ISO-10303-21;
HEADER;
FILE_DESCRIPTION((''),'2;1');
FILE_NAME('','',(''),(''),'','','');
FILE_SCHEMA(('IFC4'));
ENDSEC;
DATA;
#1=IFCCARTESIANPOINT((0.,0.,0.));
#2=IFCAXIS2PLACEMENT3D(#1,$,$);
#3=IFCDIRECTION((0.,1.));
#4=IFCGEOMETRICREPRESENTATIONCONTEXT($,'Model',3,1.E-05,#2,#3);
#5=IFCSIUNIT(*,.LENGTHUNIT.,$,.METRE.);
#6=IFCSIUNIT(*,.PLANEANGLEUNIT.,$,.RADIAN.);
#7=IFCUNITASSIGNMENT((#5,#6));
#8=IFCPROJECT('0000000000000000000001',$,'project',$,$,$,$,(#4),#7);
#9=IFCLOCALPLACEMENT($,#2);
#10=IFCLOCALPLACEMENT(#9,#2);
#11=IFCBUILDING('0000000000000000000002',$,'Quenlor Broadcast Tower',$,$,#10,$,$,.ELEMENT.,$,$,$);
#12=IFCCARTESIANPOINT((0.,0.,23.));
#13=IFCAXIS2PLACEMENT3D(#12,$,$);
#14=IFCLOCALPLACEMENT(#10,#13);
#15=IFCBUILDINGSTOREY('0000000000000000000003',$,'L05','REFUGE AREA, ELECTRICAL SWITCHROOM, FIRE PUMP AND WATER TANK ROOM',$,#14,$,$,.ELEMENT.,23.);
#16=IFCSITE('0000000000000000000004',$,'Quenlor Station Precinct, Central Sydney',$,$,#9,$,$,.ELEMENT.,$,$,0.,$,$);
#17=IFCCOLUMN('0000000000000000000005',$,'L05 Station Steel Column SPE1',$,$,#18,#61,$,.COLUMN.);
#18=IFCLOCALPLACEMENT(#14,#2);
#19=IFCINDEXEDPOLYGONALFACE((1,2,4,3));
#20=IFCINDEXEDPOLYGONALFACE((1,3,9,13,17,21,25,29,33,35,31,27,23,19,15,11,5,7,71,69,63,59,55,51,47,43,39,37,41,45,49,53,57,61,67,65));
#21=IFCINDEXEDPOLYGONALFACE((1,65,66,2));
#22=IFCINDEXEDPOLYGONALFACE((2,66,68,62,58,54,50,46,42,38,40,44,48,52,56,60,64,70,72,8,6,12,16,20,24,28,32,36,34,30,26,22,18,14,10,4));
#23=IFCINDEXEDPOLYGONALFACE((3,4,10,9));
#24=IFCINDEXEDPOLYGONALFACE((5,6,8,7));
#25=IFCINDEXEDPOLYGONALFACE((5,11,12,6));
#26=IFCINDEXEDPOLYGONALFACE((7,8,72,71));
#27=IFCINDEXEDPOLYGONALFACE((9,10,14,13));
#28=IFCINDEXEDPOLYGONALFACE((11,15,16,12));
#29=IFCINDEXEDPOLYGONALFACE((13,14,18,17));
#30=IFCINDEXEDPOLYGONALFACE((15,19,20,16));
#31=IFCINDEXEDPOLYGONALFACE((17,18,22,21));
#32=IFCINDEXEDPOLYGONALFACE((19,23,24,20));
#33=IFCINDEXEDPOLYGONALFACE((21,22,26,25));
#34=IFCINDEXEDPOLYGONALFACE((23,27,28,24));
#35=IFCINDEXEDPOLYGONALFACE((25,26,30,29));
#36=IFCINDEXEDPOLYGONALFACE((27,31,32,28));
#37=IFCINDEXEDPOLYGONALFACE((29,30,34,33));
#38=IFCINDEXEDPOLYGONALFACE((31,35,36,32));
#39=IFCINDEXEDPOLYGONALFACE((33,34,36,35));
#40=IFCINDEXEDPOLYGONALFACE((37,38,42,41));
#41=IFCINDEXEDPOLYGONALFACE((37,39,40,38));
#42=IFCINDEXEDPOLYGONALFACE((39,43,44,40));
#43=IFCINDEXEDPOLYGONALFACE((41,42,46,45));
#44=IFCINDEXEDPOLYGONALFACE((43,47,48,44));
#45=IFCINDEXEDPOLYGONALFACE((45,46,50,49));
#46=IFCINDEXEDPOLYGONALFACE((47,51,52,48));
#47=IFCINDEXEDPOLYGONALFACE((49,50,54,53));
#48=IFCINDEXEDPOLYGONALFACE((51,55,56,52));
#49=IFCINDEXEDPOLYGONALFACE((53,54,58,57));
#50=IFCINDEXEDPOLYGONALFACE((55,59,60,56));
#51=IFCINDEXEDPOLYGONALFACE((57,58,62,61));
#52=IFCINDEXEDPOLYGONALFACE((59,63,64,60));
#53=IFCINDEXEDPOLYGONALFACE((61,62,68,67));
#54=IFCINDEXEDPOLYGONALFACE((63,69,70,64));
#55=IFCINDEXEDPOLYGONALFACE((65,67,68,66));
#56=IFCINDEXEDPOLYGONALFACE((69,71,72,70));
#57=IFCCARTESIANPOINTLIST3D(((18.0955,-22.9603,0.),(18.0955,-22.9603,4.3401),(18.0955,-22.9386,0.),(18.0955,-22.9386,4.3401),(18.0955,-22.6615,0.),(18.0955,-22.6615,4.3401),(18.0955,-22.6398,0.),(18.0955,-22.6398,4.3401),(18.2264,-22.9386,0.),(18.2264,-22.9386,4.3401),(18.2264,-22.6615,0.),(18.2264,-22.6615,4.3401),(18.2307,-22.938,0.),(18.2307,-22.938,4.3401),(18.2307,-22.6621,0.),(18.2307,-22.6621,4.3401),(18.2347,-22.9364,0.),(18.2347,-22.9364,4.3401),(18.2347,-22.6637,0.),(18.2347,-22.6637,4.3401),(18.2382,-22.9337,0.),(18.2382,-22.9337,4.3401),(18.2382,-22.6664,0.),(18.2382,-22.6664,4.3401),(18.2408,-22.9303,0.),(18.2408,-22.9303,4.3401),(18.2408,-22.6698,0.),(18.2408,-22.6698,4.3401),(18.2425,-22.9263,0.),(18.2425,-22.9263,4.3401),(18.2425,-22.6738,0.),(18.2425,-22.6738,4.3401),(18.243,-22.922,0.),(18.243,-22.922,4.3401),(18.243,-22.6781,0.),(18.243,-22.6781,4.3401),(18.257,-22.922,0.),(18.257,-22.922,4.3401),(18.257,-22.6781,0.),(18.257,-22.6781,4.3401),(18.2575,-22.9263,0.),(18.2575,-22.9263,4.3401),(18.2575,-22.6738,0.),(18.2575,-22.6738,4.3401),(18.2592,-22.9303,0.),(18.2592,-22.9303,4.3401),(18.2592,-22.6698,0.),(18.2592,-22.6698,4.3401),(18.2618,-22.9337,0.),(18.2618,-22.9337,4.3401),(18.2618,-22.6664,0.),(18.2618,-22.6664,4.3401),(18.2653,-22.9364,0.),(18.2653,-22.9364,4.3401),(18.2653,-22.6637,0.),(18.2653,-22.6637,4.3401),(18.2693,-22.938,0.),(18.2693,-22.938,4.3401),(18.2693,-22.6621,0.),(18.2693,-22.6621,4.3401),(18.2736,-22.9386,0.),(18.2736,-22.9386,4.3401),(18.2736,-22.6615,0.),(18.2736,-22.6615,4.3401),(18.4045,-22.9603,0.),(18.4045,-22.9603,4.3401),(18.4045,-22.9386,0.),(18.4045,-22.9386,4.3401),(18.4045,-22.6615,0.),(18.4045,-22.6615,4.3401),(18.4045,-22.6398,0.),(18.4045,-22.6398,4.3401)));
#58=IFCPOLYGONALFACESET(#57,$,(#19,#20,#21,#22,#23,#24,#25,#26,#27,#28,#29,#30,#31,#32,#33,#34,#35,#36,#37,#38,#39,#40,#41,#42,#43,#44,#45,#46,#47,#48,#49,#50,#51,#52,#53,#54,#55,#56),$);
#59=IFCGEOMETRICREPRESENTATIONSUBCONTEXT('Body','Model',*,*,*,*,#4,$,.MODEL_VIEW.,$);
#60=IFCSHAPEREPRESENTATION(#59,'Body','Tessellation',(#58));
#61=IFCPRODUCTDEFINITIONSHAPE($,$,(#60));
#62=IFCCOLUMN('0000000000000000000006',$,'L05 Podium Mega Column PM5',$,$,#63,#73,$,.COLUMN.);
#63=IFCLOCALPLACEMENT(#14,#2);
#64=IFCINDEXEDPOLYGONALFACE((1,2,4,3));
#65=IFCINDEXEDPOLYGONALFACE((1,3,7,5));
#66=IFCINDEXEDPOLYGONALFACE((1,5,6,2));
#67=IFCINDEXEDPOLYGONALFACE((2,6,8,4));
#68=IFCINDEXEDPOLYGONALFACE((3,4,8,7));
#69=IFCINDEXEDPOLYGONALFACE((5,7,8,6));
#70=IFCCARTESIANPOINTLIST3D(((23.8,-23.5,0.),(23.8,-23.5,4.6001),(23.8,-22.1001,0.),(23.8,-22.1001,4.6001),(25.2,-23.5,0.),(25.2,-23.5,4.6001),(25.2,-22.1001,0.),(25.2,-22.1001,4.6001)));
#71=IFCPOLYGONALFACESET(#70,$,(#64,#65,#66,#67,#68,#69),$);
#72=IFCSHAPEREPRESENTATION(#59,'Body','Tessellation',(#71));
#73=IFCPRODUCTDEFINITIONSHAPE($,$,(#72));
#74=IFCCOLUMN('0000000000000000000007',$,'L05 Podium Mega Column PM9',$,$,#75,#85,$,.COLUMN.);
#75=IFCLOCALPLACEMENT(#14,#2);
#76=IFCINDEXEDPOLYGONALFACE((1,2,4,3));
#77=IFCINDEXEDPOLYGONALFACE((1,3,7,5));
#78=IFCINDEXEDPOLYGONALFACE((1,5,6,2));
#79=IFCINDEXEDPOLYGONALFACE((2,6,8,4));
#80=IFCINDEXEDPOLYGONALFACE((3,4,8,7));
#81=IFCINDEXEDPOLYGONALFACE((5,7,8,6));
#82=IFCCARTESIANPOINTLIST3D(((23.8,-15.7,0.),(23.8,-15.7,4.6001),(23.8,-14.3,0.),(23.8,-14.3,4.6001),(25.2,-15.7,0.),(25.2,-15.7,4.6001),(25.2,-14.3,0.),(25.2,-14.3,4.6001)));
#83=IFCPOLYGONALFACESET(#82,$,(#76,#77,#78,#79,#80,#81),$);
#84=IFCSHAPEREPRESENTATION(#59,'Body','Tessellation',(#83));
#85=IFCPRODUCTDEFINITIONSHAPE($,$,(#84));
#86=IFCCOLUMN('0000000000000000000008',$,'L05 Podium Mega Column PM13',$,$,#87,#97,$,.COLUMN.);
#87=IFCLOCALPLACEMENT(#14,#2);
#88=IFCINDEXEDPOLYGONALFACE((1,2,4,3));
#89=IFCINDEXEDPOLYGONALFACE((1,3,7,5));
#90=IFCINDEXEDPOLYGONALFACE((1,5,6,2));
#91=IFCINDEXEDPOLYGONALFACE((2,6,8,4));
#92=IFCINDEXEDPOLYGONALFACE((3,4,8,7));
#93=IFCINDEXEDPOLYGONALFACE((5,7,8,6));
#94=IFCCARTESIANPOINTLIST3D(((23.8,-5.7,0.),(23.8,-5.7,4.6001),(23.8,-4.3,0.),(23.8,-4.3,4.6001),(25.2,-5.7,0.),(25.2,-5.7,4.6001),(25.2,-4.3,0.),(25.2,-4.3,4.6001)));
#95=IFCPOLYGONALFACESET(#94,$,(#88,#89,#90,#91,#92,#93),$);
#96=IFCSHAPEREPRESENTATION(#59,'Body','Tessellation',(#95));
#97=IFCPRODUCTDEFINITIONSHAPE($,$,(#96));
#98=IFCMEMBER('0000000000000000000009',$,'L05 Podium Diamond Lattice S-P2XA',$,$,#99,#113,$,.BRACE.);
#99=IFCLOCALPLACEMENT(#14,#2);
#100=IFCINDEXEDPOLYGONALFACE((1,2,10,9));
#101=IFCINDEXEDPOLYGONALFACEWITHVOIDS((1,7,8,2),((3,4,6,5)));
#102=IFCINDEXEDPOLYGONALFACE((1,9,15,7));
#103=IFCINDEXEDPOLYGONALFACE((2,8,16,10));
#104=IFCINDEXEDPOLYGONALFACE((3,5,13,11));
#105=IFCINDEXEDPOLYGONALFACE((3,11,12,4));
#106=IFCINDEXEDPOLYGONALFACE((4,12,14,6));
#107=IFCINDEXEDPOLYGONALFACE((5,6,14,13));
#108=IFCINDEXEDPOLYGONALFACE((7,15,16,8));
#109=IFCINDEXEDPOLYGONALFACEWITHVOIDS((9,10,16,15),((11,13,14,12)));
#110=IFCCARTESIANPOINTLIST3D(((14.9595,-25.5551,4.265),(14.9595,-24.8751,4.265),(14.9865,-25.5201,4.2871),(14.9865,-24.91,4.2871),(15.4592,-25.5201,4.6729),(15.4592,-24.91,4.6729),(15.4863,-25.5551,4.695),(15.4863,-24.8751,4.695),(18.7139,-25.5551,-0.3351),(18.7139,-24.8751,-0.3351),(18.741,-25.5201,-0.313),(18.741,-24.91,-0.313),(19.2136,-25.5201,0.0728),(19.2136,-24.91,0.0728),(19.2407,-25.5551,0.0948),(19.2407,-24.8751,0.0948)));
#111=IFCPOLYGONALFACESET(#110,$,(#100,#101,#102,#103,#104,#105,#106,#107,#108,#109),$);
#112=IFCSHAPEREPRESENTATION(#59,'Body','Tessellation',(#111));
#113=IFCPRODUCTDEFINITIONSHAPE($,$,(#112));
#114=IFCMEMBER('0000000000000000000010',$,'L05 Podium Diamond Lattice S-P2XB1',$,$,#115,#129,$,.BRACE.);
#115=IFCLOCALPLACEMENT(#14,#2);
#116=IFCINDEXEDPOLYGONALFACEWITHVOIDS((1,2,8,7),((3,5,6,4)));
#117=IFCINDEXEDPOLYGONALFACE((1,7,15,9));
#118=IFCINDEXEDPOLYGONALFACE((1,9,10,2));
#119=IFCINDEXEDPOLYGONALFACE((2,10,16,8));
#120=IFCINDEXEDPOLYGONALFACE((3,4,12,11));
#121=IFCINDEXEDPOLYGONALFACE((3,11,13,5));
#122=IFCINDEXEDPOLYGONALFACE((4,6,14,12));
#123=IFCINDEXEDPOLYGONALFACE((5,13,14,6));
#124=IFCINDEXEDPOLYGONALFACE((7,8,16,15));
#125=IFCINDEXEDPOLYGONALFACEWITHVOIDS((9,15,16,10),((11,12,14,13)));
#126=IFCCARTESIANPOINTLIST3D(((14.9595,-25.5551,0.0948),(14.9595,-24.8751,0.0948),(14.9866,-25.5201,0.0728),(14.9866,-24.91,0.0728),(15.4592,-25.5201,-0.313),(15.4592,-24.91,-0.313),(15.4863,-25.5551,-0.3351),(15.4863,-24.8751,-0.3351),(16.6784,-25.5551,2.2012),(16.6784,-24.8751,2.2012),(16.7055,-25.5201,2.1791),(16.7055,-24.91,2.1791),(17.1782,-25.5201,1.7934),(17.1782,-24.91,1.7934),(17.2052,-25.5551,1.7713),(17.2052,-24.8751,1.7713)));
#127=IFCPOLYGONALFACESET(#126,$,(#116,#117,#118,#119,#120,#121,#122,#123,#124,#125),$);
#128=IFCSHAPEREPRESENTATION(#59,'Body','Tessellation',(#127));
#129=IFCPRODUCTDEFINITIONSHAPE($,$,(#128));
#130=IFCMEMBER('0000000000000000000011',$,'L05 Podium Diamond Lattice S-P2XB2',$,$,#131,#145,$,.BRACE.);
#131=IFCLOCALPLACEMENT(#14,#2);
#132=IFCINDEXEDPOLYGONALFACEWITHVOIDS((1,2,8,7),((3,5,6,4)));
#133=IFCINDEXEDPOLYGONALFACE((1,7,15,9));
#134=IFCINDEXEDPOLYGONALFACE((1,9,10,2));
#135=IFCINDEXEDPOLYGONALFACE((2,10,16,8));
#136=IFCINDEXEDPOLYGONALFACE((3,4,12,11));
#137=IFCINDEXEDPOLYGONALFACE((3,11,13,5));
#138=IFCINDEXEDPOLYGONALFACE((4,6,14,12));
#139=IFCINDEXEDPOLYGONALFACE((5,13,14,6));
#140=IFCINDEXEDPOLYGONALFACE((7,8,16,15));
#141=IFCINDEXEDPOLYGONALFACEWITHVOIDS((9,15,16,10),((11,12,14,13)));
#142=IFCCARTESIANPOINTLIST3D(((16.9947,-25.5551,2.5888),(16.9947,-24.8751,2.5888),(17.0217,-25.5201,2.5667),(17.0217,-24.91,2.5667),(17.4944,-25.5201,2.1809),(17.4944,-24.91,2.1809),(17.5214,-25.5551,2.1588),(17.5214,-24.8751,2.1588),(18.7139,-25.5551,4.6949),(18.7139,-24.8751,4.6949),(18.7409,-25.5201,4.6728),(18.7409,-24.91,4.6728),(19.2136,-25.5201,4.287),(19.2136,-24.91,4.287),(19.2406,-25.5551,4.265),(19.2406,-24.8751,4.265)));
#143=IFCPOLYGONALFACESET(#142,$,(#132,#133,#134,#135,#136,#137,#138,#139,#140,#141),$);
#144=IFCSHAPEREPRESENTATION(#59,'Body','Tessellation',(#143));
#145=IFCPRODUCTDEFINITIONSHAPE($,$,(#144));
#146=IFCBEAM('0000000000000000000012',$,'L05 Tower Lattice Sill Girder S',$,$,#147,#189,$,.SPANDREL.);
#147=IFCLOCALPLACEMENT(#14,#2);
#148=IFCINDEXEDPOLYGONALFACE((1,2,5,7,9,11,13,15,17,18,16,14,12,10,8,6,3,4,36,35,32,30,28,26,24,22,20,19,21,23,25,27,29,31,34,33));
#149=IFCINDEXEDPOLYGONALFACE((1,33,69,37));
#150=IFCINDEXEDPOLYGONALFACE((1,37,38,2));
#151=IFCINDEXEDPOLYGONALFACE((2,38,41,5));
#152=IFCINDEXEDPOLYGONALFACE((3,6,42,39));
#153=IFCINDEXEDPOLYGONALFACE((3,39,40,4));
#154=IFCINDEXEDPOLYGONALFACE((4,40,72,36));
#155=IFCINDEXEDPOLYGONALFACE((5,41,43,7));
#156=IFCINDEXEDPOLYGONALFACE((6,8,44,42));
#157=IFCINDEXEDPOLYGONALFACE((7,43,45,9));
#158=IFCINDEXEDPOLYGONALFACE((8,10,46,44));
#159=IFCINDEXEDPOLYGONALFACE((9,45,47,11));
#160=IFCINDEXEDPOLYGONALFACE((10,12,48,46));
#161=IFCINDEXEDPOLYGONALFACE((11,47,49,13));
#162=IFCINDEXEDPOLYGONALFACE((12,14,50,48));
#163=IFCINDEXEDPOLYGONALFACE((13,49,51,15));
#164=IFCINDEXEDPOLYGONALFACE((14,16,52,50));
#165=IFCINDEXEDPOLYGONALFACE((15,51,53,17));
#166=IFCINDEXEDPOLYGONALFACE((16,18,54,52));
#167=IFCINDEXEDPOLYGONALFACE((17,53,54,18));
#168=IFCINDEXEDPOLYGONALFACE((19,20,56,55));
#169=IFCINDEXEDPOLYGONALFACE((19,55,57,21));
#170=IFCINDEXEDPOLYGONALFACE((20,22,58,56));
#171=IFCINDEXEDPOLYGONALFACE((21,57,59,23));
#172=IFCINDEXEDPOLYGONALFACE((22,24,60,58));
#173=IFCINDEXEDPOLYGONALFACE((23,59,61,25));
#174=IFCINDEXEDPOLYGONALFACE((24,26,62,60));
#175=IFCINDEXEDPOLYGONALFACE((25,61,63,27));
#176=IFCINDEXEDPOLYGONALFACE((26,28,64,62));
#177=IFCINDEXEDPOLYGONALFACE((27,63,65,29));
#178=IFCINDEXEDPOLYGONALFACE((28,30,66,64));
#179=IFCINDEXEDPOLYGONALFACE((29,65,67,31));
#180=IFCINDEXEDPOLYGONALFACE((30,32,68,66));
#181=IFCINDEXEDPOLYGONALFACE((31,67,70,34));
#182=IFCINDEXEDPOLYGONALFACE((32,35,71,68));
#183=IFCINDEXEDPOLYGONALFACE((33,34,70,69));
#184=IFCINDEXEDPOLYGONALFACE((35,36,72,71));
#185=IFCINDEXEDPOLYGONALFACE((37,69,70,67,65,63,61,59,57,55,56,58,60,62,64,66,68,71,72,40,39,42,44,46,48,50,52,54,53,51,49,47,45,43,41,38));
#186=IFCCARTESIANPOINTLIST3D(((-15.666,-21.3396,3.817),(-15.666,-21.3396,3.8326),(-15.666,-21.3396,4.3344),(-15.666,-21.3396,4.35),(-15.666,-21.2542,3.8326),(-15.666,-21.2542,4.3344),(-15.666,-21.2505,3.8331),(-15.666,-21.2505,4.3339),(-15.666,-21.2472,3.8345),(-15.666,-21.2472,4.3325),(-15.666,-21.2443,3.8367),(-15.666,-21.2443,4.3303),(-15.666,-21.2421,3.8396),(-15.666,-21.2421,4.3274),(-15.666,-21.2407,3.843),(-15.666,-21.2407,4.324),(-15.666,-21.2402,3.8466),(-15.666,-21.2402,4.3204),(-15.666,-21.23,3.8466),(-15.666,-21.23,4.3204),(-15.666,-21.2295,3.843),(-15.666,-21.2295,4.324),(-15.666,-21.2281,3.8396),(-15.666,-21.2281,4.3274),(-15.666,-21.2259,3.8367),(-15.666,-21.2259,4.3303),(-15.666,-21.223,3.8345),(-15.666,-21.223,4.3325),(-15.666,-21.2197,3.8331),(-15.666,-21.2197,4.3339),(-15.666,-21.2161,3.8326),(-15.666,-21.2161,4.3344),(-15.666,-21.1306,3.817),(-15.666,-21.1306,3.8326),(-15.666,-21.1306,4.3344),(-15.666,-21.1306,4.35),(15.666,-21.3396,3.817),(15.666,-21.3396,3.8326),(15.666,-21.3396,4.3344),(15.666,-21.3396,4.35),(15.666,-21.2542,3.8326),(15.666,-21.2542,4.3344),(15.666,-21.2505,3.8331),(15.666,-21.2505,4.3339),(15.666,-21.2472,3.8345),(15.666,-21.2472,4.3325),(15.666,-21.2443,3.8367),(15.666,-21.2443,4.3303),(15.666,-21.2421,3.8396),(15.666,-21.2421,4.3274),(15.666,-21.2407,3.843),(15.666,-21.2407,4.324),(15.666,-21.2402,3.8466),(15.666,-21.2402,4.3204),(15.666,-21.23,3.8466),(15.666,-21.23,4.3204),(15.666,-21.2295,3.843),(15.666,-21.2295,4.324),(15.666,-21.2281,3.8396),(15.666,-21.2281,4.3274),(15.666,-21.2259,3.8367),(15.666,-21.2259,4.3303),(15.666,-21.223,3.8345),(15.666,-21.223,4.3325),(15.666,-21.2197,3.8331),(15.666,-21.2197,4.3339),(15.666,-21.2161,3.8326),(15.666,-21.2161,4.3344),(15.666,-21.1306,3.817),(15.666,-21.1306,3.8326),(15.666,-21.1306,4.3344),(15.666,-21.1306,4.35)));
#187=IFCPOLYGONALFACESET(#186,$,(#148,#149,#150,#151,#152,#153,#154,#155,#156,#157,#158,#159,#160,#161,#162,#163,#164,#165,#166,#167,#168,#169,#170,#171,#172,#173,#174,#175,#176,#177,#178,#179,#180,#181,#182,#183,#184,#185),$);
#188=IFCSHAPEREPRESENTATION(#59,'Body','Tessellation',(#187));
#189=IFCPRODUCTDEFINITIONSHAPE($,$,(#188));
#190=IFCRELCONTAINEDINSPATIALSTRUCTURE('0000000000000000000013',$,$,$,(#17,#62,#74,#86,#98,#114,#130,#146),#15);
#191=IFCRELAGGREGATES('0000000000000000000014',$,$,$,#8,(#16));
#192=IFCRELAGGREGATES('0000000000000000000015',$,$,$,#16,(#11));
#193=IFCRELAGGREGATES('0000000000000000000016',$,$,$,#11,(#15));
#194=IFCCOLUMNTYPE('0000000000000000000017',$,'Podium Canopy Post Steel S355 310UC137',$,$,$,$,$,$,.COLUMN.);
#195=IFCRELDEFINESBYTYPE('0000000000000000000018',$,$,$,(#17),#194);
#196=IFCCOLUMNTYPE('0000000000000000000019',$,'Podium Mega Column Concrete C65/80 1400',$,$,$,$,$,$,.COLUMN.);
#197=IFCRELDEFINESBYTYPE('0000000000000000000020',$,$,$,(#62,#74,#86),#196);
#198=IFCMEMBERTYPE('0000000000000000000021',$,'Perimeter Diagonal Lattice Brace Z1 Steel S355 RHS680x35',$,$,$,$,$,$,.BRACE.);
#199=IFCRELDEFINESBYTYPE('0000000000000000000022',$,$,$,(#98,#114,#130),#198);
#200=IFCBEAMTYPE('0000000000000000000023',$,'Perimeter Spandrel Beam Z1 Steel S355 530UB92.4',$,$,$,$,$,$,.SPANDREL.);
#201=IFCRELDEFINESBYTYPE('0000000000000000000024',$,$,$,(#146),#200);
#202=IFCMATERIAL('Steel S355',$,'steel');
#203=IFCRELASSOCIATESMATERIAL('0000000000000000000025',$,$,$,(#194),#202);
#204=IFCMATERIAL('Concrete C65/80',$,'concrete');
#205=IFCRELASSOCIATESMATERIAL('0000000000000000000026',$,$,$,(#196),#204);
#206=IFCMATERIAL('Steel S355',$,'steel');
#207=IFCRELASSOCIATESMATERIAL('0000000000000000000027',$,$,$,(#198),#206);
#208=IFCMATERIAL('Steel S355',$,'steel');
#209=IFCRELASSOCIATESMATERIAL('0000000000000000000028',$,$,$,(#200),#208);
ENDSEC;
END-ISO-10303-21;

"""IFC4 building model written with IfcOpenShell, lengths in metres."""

from ifc_helpers import new_model, si_unit, direction, frame, origin, origin_2d, place, context, subcontext, project, spatial, rectangle, hollow_rectangle, i_section, extrude, material, material_profile, profile_set, type_object, element, save


model = new_model("IFC4")

# Units and contexts
model_context = context("Model", 3, precision=1e-05, world=origin(), true_north=direction((0.0, 1.0)))
body_context = subcontext(model_context, "Body", "Model", "MODEL_VIEW")
ifc_project = project(units=[si_unit("LENGTHUNIT", "METRE"), si_unit("PLANEANGLEUNIT", "RADIAN")], contexts=[model_context])

# Site, building, storey
site_placement = place(None, origin())
site = spatial("IfcSite", under=ifc_project, at=site_placement, Name="Quenlor Station Precinct, Central Sydney", CompositionType="ELEMENT", RefElevation=0.0)
building_placement = place(site_placement, origin())
building = spatial("IfcBuilding", under=site, at=building_placement, Name="Quenlor Broadcast Tower", CompositionType="ELEMENT")
storey_placement = place(building_placement, frame((0.0, 0.0, 23.0)))
storey = spatial("IfcBuildingStorey", under=building, at=storey_placement, Name="L05", Description="REFUGE AREA, ELECTRICAL SWITCHROOM, FIRE PUMP AND WATER TANK ROOM", CompositionType="ELEMENT", Elevation=23.0)

# Columns
ifc_material_1 = material(Name="Steel S355", Category="steel")
ifc_material_profile_1 = material_profile(ifc_material_1, i_section(OverallWidth=0.3091, OverallDepth=0.3206, WebThickness=0.0139, FlangeThickness=0.0217, FilletRadius=0.0166, at=origin_2d()))
ifc_profile_set_1 = profile_set([ifc_material_profile_1], Name="Steel S355 310UC137")
column_type_1 = type_object("IfcColumnType", Name="Podium Canopy Post Steel S355 310UC137", PredefinedType="COLUMN", material=ifc_profile_set_1)
column_placement = place(storey_placement, frame((18.25, -22.8, 0.0), z_axis=(0.0, 0.0, 1.0), x_axis=(1.0, 0.0, 0.0)))
element("IfcColumn", 1, at=column_placement, inside=storey, type_object=column_type_1, Name="L05 Station Steel Column SPE1", PredefinedType="COLUMN", context=body_context, shape_type="SweptSolid", body=[
    extrude(i_section(OverallWidth=0.3091, OverallDepth=0.3206, WebThickness=0.0139, FlangeThickness=0.0217, FilletRadius=0.0166, at=origin_2d()), origin(), (0.0, 0.0, 1.0), 4.3401),
])
ifc_material_2 = material(Name="Concrete C65/80", Category="concrete")
ifc_material_profile_2 = material_profile(ifc_material_2, rectangle(XDim=1.3999, YDim=1.3999, at=origin_2d()))
ifc_profile_set_2 = profile_set([ifc_material_profile_2], Name="Concrete C65/80 RC1400x1400")
column_type_2 = type_object("IfcColumnType", Name="Podium Mega Column Concrete C65/80 1400", PredefinedType="COLUMN", material=ifc_profile_set_2)
for number, where, z_axis, x_axis, name in (
    (2, (24.5, -22.8, 0.0), (0.0, 0.0, 1.0), (1.0, 0.0, 0.0), "L05 Podium Mega Column PM5"),
    (3, (24.5, -15.0, 0.0), (0.0, 0.0, 1.0), (1.0, 0.0, 0.0), "L05 Podium Mega Column PM9"),
    (4, (24.5, -5.0, 0.0), (0.0, 0.0, 1.0), (1.0, 0.0, 0.0), "L05 Podium Mega Column PM13"),
):
    element("IfcColumn", number, at=place(storey_placement, frame(where, z_axis=z_axis, x_axis=x_axis)), inside=storey, type_object=column_type_2, Name=name, PredefinedType="COLUMN", context=body_context, shape_type="SweptSolid", body=[
        extrude(rectangle(XDim=1.3999, YDim=1.3999, at=origin_2d()), origin(), (0.0, 0.0, 1.0), 4.6001),
    ])

# Members
ifc_material_3 = material(Name="Steel S355", Category="steel")
ifc_material_profile_3 = material_profile(ifc_material_3, hollow_rectangle(XDim=0.6799, YDim=0.6799, WallThickness=0.0349, at=origin_2d()))
ifc_profile_set_3 = profile_set([ifc_material_profile_3], Name="Steel S355 RHS680x680x35")
member_type_1 = type_object("IfcMemberType", Name="Perimeter Diagonal Lattice Brace Z1 Steel S355 RHS680x35", PredefinedType="BRACE", material=ifc_profile_set_3)
member_1_placement = place(storey_placement, frame((18.9773, -25.2151, -0.1201), z_axis=(-0.632297, 0.0, 0.774726), x_axis=(0.0, -1.0, 0.0)))
element("IfcMember", 5, at=member_1_placement, inside=storey, type_object=member_type_1, Name="L05 Podium Diamond Lattice S-P2XA", PredefinedType="BRACE", context=body_context, shape_type="SweptSolid", body=[
    extrude(hollow_rectangle(XDim=0.6799, YDim=0.6799, WallThickness=0.0349, at=origin_2d()), origin(), (0.0, 0.0, 1.0), 5.9377),
])
for number, where, z_axis, x_axis, name in (
    (6, (15.2229, -25.2151, -0.1201), (0.632254, 0.0, 0.774761), (0.0, 1.0, 0.0), "L05 Podium Diamond Lattice S-P2XB1"),
    (7, (17.2581, -25.2151, 2.3738), (0.632352, 0.0, 0.774681), (0.0, 1.0, 0.0), "L05 Podium Diamond Lattice S-P2XB2"),
):
    element("IfcMember", number, at=place(storey_placement, frame(where, z_axis=z_axis, x_axis=x_axis)), inside=storey, type_object=member_type_1, Name=name, PredefinedType="BRACE", context=body_context, shape_type="SweptSolid", body=[
        extrude(hollow_rectangle(XDim=0.6799, YDim=0.6799, WallThickness=0.0349, at=origin_2d()), origin(), (0.0, 0.0, 1.0), 2.7188),
    ])

# Beam
ifc_material_4 = material(Name="Steel S355", Category="steel")
ifc_material_profile_4 = material_profile(ifc_material_4, i_section(OverallWidth=0.209, OverallDepth=0.533, WebThickness=0.0103, FlangeThickness=0.0156, FilletRadius=0.0139, at=origin_2d()))
ifc_profile_set_4 = profile_set([ifc_material_profile_4], Name="Steel S355 530UB92.4")
beam_type_1 = type_object("IfcBeamType", Name="Perimeter Spandrel Beam Z1 Steel S355 530UB92.4", PredefinedType="SPANDREL", material=ifc_profile_set_4)
beam_1_placement = place(storey_placement, frame((15.666, -21.2351, 4.0835), z_axis=(-1.0, 0.0, 0.0), x_axis=(0.0, -1.0, 0.0)))
element("IfcBeam", 8, at=beam_1_placement, inside=storey, type_object=beam_type_1, Name="L05 Tower Lattice Sill Girder S", PredefinedType="SPANDREL", context=body_context, shape_type="SweptSolid", body=[
    extrude(i_section(OverallWidth=0.209, OverallDepth=0.533, WebThickness=0.0103, FlangeThickness=0.0156, FilletRadius=0.0139, at=origin_2d()), origin(), (0.0, 0.0, 1.0), 31.332),
])

save(model, "model.ifc")
